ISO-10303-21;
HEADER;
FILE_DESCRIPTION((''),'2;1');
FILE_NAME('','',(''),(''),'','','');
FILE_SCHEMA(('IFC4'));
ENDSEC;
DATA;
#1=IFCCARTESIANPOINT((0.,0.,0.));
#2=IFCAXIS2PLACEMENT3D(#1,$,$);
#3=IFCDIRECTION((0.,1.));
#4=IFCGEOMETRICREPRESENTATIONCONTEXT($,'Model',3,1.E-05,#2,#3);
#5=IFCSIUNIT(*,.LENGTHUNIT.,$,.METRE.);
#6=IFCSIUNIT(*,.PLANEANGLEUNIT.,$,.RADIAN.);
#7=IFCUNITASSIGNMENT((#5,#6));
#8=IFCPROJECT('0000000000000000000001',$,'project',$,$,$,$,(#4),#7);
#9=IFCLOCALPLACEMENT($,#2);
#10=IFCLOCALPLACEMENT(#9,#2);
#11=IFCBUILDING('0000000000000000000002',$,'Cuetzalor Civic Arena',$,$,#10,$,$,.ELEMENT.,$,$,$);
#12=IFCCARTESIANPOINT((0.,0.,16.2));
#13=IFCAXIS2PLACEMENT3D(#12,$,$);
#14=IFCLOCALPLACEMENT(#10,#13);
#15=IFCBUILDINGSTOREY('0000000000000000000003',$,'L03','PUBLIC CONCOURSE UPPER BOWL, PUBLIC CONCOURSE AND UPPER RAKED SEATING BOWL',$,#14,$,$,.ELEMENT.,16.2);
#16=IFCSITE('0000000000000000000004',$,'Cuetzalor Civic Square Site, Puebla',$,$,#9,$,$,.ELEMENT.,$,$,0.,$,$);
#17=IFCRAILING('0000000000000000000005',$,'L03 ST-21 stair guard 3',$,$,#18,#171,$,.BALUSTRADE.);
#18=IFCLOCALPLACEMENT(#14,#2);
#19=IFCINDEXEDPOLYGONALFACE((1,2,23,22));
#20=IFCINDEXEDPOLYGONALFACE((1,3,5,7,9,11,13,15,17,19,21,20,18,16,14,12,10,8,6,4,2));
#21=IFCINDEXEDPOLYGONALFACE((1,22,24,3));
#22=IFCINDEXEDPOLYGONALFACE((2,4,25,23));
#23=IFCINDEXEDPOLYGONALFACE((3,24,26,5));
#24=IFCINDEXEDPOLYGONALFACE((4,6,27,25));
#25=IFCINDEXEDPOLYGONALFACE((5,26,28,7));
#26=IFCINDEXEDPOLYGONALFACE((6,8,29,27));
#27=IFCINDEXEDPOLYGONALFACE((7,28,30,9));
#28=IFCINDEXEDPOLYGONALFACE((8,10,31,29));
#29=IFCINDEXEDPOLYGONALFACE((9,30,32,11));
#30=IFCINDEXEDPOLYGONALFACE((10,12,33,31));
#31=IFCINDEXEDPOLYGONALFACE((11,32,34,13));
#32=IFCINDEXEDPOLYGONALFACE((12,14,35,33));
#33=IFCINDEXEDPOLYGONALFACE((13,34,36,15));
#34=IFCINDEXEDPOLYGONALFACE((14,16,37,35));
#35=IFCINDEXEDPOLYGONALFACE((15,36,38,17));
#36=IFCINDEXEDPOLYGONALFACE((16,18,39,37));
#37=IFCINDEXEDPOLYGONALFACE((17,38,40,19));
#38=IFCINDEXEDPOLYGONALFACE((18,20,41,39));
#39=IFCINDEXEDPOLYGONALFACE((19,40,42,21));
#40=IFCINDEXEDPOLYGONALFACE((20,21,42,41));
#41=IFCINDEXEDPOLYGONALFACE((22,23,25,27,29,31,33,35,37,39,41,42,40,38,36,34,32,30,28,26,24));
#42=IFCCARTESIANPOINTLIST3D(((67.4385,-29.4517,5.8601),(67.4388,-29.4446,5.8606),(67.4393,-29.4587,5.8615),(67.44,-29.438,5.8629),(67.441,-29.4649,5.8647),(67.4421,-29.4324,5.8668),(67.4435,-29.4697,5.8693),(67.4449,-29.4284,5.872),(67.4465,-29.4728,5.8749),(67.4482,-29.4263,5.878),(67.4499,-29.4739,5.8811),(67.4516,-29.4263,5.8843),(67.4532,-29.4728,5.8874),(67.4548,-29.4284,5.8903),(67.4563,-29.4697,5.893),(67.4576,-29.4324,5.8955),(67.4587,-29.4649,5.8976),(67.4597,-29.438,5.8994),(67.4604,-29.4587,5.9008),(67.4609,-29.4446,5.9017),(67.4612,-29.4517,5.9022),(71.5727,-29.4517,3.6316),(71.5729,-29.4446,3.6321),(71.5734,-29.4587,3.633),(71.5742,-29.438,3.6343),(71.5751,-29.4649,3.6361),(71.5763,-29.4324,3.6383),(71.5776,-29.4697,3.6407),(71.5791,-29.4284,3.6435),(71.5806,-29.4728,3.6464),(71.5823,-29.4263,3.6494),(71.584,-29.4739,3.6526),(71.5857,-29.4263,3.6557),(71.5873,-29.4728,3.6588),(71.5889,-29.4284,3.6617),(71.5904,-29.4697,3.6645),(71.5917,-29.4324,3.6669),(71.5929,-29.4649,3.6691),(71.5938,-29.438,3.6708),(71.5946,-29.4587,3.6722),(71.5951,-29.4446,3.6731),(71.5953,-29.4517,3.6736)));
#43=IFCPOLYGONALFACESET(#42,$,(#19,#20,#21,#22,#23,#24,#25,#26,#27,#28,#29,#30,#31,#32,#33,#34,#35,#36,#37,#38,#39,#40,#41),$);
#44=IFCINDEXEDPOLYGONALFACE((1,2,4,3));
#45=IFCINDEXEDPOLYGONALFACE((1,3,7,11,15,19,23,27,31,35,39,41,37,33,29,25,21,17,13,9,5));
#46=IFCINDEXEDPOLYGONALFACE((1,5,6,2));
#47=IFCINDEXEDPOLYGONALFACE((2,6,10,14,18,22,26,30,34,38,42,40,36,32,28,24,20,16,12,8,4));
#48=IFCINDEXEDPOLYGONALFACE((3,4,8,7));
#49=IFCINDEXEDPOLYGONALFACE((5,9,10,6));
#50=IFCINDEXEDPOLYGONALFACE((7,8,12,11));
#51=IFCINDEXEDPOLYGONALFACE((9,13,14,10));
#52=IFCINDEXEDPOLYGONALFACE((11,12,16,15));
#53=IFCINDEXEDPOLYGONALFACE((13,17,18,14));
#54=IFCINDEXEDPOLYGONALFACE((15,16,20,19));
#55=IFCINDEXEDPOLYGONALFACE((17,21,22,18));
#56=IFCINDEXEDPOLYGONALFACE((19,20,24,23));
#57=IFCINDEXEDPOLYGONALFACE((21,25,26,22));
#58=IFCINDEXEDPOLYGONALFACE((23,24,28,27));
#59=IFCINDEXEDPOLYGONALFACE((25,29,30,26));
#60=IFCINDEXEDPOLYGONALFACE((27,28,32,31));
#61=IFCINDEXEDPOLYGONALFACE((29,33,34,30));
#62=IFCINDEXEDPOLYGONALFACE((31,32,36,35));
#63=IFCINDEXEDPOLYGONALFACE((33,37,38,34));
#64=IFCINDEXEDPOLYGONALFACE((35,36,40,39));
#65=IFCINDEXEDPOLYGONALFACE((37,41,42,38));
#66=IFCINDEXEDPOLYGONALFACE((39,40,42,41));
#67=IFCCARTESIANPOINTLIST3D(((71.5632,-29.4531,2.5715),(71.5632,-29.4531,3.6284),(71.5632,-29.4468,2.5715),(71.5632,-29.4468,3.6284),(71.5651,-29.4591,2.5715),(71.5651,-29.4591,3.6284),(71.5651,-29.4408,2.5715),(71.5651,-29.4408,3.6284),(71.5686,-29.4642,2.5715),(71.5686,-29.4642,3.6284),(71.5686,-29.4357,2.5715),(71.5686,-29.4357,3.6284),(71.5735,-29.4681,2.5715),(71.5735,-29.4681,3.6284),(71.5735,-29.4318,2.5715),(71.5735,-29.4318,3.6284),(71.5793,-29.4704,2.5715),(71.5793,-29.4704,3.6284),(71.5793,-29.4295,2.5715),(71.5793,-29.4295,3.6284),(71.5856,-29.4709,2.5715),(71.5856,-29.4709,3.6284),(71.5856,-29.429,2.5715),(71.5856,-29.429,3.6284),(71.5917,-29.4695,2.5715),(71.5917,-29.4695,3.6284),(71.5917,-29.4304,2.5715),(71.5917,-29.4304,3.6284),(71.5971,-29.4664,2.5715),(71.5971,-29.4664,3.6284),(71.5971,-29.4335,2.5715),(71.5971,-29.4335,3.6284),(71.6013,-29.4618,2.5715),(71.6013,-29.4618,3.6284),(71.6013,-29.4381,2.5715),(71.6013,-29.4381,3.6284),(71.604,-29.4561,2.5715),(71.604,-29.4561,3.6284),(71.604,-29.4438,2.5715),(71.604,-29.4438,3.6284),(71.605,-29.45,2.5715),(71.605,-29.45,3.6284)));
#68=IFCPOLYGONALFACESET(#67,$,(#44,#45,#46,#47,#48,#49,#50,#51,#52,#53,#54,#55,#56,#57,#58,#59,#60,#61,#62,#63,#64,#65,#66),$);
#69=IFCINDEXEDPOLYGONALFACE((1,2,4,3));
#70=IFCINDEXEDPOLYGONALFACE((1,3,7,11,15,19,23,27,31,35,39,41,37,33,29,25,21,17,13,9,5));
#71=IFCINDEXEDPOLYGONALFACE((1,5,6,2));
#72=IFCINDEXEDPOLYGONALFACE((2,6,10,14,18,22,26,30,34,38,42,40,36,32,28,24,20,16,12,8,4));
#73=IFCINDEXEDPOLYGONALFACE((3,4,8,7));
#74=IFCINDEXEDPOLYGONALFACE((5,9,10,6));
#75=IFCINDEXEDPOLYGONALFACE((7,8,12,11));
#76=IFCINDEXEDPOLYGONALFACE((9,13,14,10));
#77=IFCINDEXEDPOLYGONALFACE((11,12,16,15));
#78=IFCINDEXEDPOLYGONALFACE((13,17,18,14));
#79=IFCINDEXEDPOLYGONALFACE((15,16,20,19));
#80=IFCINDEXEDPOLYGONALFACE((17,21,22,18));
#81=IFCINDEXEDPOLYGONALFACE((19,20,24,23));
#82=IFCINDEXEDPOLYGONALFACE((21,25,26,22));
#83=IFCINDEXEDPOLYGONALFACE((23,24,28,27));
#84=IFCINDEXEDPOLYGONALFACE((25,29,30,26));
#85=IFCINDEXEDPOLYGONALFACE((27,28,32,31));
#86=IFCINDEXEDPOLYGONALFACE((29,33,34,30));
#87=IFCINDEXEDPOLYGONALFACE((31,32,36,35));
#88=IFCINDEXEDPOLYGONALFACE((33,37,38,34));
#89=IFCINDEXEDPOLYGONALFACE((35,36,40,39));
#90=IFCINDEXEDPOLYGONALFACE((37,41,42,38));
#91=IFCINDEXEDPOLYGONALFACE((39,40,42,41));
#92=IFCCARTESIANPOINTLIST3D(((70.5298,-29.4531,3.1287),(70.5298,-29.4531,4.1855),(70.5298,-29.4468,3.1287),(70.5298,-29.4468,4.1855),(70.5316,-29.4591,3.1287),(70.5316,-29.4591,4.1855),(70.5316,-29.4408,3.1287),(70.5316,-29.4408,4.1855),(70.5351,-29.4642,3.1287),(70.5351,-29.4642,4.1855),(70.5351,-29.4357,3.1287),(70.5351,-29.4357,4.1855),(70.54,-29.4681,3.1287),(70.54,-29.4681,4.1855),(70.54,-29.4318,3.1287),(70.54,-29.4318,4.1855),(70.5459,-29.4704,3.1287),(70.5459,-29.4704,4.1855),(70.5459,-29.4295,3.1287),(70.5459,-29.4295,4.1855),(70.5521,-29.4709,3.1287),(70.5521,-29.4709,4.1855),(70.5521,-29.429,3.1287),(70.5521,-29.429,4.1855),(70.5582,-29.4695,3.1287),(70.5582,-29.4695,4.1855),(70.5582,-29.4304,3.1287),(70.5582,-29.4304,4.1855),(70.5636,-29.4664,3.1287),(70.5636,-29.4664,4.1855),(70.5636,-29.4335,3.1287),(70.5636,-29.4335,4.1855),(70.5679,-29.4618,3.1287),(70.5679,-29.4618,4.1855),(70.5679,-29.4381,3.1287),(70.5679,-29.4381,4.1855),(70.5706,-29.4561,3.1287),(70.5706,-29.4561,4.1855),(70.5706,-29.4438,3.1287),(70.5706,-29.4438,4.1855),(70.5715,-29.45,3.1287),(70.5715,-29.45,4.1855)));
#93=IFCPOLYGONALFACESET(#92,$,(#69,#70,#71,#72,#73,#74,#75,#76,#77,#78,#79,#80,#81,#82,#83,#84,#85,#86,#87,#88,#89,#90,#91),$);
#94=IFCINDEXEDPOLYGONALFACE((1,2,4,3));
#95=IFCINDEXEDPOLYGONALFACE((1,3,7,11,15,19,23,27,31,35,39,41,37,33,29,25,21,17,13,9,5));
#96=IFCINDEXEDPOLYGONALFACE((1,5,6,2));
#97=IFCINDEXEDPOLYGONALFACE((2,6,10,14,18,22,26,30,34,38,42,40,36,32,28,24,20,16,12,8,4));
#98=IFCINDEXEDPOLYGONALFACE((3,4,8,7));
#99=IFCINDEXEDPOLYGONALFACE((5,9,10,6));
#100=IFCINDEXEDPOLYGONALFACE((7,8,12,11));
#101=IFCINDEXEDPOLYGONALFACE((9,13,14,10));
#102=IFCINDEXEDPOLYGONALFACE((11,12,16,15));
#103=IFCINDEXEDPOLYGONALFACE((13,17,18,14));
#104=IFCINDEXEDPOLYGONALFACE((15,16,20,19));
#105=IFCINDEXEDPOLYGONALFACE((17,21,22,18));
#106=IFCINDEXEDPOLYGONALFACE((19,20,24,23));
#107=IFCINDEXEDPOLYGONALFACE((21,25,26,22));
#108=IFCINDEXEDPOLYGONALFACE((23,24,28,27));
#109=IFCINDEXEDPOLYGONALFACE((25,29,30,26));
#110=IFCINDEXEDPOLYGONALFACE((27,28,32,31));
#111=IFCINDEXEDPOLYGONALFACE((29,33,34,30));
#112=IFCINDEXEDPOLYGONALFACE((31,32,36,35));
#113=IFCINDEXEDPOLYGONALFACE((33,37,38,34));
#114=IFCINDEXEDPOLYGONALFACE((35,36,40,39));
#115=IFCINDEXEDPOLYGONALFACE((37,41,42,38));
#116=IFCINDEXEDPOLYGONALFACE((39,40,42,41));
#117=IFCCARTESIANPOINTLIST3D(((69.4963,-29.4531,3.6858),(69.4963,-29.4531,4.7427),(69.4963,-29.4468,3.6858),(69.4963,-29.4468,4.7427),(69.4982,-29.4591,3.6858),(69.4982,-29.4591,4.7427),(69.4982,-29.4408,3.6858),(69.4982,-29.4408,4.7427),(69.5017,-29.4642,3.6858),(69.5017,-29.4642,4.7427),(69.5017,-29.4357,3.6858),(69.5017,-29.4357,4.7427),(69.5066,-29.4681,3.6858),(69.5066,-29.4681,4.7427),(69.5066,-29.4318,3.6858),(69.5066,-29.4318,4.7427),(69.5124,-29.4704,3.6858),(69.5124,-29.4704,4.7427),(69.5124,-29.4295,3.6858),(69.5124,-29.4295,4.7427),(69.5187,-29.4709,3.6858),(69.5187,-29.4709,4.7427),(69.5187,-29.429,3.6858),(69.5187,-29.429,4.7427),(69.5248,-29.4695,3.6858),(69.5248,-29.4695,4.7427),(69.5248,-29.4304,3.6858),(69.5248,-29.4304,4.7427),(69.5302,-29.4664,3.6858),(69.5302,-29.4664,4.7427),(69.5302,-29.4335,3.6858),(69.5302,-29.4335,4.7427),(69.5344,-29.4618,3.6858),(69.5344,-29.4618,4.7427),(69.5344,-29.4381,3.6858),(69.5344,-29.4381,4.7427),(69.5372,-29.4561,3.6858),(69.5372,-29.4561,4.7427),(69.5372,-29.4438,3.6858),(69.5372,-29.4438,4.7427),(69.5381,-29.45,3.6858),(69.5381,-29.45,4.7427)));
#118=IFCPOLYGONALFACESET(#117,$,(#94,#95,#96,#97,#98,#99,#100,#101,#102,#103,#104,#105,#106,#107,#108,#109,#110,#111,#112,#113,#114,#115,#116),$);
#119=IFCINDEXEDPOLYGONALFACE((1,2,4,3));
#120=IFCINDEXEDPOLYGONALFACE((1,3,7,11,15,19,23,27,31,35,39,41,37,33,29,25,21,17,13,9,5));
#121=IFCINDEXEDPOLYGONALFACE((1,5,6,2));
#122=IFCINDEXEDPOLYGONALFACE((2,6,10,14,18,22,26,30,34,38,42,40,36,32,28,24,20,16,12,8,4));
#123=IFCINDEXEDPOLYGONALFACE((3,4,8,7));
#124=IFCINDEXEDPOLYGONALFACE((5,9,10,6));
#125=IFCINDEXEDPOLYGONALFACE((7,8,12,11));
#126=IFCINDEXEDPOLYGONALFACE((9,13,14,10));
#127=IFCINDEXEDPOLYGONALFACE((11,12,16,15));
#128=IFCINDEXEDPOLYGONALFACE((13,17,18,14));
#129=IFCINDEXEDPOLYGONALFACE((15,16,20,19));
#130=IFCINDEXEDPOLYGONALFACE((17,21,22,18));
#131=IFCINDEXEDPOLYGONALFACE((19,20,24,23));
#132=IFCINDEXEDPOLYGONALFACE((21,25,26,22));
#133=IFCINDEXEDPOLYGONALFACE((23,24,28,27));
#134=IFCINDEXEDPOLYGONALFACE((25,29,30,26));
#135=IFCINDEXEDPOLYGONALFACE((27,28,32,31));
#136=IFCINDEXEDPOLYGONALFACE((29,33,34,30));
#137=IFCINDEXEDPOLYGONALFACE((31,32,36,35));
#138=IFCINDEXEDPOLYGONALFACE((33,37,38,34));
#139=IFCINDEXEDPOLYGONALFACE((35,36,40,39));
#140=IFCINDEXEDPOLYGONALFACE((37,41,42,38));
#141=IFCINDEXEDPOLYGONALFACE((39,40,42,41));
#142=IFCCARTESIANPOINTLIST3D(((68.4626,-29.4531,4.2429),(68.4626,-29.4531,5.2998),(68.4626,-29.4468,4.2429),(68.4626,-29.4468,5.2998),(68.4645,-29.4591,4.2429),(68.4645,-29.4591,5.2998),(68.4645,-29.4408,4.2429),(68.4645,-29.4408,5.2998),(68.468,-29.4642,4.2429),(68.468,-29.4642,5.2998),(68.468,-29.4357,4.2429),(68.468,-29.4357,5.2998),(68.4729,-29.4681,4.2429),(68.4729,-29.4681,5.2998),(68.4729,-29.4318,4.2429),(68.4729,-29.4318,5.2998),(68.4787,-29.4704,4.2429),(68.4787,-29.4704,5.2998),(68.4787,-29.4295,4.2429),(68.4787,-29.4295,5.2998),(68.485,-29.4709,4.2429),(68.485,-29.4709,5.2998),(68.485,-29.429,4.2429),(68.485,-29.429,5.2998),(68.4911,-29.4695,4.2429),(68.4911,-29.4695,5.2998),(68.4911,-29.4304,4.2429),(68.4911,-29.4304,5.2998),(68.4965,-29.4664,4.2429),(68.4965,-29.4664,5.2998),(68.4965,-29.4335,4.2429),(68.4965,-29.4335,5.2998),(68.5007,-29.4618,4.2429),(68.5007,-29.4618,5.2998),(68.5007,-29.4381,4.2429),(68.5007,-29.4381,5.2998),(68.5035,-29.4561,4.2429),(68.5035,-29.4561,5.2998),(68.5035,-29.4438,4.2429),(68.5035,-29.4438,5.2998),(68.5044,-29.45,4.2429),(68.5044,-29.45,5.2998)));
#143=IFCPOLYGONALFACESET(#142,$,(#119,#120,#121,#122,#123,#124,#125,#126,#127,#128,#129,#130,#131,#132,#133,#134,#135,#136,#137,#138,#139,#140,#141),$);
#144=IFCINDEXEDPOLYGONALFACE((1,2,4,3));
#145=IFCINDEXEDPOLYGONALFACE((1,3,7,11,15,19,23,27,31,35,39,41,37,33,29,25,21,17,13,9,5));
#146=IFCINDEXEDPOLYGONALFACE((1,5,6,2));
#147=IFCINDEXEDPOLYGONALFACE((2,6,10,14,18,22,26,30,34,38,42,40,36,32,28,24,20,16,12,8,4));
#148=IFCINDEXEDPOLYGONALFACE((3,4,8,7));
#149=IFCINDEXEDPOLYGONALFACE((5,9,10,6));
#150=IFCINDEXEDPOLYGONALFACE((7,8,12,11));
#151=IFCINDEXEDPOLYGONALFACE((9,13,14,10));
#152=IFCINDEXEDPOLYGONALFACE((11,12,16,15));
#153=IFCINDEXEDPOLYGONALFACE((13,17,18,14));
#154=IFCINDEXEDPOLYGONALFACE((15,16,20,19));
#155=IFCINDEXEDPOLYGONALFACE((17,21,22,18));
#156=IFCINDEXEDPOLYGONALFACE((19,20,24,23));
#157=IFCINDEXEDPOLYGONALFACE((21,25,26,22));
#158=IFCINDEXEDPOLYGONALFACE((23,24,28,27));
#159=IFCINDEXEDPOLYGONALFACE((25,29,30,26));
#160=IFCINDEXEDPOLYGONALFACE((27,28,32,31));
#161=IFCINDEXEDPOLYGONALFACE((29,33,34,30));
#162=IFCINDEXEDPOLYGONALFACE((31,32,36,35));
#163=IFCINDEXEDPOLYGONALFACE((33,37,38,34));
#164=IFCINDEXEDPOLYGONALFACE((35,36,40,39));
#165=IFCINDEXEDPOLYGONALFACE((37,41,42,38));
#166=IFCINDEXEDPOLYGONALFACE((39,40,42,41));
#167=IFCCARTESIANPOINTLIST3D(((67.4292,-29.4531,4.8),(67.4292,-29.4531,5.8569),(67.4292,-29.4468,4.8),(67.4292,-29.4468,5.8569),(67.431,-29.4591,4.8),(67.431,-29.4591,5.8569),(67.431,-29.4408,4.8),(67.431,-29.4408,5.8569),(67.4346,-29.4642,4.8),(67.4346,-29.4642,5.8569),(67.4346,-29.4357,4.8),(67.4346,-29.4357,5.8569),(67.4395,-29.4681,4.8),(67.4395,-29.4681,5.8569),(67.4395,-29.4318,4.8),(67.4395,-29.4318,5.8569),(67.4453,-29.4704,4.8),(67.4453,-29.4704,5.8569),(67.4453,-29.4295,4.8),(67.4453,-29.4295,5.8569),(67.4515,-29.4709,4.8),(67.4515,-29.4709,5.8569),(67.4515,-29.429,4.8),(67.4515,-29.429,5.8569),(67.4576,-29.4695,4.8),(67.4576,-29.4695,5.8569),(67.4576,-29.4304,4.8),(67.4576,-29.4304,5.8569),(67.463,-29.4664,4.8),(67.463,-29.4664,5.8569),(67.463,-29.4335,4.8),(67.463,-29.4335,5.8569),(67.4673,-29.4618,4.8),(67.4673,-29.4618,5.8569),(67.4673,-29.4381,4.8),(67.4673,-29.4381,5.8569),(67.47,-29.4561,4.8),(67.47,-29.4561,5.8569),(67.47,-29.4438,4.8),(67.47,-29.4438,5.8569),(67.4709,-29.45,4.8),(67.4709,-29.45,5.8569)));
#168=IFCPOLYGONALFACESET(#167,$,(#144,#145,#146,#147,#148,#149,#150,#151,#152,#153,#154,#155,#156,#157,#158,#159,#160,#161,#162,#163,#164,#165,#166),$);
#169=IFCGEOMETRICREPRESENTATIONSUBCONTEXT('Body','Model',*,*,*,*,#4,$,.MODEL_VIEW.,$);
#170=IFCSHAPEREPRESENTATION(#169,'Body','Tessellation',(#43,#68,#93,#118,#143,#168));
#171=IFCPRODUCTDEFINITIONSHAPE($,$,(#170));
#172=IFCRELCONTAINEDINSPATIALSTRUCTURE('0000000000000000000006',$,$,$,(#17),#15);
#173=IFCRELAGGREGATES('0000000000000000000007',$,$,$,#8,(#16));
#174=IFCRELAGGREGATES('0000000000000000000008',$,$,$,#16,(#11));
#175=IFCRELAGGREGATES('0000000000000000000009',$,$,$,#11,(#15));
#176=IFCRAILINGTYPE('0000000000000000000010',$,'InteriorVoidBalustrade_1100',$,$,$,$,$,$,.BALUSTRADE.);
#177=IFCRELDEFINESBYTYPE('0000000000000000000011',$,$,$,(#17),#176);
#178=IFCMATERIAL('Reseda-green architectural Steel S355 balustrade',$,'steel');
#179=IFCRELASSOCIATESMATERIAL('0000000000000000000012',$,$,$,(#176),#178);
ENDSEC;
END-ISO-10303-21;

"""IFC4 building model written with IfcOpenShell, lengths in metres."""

from ifc_helpers import new_model, si_unit, direction, frame, origin, origin_2d, place, context, subcontext, project, spatial, circle, extrude, material, type_object, element, save


model = new_model("IFC4")

# Units and contexts
model_context = context("Model", 3, precision=1e-05, world=origin(), true_north=direction((0.0, 1.0)))
body_context = subcontext(model_context, "Body", "Model", "MODEL_VIEW")
ifc_project = project(units=[si_unit("LENGTHUNIT", "METRE"), si_unit("PLANEANGLEUNIT", "RADIAN")], contexts=[model_context])

# Site, building, storey
site_placement = place(None, origin())
site = spatial("IfcSite", under=ifc_project, at=site_placement, Name="Cuetzalor Civic Square Site, Puebla", CompositionType="ELEMENT", RefElevation=0.0)
building_placement = place(site_placement, origin())
building = spatial("IfcBuilding", under=site, at=building_placement, Name="Cuetzalor Civic Arena", CompositionType="ELEMENT")
storey_placement = place(building_placement, frame((0.0, 0.0, 16.2)))
storey = spatial("IfcBuildingStorey", under=building, at=storey_placement, Name="L03", Description="PUBLIC CONCOURSE UPPER BOWL, PUBLIC CONCOURSE AND UPPER RAKED SEATING BOWL", CompositionType="ELEMENT", Elevation=16.2)

# Railing
ifc_material_1 = material(Name="Reseda-green architectural Steel S355 balustrade", Category="steel")
railing_type_1 = type_object("IfcRailingType", Name="InteriorVoidBalustrade_1100", PredefinedType="BALUSTRADE", material=ifc_material_1)
railing_1_placement = place(storey_placement, frame((71.584, -29.45, 2.5715)))
element("IfcRailing", 1, at=railing_1_placement, inside=storey, type_object=railing_type_1, Name="L03 ST-21 stair guard 3", PredefinedType="BALUSTRADE", context=body_context, shape_type="SweptSolid", body=[
    extrude(circle(Radius=0.0239, at=origin_2d()), frame((0.0, 0.0, 1.0811), z_axis=(-0.880249, 0.0, 0.474512), x_axis=(0.0, -1.0, 0.0)), (0.0, 0.0, 1.0), 4.6965),
    extrude(circle(Radius=0.021, at=origin_2d()), origin(), (0.0, 0.0, 1.0), 1.0569),
    extrude(circle(Radius=0.021, at=origin_2d()), frame((-1.0334, 0.0, 0.5571)), (0.0, 0.0, 1.0), 1.0569),
    extrude(circle(Radius=0.021, at=origin_2d()), frame((-2.0669, 0.0, 1.1143)), (0.0, 0.0, 1.0), 1.0569),
    extrude(circle(Radius=0.021, at=origin_2d()), frame((-3.1006, 0.0, 1.6714)), (0.0, 0.0, 1.0), 1.0569),
    extrude(circle(Radius=0.021, at=origin_2d()), frame((-4.134, 0.0, 2.2285)), (0.0, 0.0, 1.0), 1.0569),
])

save(model, "model.ifc")
